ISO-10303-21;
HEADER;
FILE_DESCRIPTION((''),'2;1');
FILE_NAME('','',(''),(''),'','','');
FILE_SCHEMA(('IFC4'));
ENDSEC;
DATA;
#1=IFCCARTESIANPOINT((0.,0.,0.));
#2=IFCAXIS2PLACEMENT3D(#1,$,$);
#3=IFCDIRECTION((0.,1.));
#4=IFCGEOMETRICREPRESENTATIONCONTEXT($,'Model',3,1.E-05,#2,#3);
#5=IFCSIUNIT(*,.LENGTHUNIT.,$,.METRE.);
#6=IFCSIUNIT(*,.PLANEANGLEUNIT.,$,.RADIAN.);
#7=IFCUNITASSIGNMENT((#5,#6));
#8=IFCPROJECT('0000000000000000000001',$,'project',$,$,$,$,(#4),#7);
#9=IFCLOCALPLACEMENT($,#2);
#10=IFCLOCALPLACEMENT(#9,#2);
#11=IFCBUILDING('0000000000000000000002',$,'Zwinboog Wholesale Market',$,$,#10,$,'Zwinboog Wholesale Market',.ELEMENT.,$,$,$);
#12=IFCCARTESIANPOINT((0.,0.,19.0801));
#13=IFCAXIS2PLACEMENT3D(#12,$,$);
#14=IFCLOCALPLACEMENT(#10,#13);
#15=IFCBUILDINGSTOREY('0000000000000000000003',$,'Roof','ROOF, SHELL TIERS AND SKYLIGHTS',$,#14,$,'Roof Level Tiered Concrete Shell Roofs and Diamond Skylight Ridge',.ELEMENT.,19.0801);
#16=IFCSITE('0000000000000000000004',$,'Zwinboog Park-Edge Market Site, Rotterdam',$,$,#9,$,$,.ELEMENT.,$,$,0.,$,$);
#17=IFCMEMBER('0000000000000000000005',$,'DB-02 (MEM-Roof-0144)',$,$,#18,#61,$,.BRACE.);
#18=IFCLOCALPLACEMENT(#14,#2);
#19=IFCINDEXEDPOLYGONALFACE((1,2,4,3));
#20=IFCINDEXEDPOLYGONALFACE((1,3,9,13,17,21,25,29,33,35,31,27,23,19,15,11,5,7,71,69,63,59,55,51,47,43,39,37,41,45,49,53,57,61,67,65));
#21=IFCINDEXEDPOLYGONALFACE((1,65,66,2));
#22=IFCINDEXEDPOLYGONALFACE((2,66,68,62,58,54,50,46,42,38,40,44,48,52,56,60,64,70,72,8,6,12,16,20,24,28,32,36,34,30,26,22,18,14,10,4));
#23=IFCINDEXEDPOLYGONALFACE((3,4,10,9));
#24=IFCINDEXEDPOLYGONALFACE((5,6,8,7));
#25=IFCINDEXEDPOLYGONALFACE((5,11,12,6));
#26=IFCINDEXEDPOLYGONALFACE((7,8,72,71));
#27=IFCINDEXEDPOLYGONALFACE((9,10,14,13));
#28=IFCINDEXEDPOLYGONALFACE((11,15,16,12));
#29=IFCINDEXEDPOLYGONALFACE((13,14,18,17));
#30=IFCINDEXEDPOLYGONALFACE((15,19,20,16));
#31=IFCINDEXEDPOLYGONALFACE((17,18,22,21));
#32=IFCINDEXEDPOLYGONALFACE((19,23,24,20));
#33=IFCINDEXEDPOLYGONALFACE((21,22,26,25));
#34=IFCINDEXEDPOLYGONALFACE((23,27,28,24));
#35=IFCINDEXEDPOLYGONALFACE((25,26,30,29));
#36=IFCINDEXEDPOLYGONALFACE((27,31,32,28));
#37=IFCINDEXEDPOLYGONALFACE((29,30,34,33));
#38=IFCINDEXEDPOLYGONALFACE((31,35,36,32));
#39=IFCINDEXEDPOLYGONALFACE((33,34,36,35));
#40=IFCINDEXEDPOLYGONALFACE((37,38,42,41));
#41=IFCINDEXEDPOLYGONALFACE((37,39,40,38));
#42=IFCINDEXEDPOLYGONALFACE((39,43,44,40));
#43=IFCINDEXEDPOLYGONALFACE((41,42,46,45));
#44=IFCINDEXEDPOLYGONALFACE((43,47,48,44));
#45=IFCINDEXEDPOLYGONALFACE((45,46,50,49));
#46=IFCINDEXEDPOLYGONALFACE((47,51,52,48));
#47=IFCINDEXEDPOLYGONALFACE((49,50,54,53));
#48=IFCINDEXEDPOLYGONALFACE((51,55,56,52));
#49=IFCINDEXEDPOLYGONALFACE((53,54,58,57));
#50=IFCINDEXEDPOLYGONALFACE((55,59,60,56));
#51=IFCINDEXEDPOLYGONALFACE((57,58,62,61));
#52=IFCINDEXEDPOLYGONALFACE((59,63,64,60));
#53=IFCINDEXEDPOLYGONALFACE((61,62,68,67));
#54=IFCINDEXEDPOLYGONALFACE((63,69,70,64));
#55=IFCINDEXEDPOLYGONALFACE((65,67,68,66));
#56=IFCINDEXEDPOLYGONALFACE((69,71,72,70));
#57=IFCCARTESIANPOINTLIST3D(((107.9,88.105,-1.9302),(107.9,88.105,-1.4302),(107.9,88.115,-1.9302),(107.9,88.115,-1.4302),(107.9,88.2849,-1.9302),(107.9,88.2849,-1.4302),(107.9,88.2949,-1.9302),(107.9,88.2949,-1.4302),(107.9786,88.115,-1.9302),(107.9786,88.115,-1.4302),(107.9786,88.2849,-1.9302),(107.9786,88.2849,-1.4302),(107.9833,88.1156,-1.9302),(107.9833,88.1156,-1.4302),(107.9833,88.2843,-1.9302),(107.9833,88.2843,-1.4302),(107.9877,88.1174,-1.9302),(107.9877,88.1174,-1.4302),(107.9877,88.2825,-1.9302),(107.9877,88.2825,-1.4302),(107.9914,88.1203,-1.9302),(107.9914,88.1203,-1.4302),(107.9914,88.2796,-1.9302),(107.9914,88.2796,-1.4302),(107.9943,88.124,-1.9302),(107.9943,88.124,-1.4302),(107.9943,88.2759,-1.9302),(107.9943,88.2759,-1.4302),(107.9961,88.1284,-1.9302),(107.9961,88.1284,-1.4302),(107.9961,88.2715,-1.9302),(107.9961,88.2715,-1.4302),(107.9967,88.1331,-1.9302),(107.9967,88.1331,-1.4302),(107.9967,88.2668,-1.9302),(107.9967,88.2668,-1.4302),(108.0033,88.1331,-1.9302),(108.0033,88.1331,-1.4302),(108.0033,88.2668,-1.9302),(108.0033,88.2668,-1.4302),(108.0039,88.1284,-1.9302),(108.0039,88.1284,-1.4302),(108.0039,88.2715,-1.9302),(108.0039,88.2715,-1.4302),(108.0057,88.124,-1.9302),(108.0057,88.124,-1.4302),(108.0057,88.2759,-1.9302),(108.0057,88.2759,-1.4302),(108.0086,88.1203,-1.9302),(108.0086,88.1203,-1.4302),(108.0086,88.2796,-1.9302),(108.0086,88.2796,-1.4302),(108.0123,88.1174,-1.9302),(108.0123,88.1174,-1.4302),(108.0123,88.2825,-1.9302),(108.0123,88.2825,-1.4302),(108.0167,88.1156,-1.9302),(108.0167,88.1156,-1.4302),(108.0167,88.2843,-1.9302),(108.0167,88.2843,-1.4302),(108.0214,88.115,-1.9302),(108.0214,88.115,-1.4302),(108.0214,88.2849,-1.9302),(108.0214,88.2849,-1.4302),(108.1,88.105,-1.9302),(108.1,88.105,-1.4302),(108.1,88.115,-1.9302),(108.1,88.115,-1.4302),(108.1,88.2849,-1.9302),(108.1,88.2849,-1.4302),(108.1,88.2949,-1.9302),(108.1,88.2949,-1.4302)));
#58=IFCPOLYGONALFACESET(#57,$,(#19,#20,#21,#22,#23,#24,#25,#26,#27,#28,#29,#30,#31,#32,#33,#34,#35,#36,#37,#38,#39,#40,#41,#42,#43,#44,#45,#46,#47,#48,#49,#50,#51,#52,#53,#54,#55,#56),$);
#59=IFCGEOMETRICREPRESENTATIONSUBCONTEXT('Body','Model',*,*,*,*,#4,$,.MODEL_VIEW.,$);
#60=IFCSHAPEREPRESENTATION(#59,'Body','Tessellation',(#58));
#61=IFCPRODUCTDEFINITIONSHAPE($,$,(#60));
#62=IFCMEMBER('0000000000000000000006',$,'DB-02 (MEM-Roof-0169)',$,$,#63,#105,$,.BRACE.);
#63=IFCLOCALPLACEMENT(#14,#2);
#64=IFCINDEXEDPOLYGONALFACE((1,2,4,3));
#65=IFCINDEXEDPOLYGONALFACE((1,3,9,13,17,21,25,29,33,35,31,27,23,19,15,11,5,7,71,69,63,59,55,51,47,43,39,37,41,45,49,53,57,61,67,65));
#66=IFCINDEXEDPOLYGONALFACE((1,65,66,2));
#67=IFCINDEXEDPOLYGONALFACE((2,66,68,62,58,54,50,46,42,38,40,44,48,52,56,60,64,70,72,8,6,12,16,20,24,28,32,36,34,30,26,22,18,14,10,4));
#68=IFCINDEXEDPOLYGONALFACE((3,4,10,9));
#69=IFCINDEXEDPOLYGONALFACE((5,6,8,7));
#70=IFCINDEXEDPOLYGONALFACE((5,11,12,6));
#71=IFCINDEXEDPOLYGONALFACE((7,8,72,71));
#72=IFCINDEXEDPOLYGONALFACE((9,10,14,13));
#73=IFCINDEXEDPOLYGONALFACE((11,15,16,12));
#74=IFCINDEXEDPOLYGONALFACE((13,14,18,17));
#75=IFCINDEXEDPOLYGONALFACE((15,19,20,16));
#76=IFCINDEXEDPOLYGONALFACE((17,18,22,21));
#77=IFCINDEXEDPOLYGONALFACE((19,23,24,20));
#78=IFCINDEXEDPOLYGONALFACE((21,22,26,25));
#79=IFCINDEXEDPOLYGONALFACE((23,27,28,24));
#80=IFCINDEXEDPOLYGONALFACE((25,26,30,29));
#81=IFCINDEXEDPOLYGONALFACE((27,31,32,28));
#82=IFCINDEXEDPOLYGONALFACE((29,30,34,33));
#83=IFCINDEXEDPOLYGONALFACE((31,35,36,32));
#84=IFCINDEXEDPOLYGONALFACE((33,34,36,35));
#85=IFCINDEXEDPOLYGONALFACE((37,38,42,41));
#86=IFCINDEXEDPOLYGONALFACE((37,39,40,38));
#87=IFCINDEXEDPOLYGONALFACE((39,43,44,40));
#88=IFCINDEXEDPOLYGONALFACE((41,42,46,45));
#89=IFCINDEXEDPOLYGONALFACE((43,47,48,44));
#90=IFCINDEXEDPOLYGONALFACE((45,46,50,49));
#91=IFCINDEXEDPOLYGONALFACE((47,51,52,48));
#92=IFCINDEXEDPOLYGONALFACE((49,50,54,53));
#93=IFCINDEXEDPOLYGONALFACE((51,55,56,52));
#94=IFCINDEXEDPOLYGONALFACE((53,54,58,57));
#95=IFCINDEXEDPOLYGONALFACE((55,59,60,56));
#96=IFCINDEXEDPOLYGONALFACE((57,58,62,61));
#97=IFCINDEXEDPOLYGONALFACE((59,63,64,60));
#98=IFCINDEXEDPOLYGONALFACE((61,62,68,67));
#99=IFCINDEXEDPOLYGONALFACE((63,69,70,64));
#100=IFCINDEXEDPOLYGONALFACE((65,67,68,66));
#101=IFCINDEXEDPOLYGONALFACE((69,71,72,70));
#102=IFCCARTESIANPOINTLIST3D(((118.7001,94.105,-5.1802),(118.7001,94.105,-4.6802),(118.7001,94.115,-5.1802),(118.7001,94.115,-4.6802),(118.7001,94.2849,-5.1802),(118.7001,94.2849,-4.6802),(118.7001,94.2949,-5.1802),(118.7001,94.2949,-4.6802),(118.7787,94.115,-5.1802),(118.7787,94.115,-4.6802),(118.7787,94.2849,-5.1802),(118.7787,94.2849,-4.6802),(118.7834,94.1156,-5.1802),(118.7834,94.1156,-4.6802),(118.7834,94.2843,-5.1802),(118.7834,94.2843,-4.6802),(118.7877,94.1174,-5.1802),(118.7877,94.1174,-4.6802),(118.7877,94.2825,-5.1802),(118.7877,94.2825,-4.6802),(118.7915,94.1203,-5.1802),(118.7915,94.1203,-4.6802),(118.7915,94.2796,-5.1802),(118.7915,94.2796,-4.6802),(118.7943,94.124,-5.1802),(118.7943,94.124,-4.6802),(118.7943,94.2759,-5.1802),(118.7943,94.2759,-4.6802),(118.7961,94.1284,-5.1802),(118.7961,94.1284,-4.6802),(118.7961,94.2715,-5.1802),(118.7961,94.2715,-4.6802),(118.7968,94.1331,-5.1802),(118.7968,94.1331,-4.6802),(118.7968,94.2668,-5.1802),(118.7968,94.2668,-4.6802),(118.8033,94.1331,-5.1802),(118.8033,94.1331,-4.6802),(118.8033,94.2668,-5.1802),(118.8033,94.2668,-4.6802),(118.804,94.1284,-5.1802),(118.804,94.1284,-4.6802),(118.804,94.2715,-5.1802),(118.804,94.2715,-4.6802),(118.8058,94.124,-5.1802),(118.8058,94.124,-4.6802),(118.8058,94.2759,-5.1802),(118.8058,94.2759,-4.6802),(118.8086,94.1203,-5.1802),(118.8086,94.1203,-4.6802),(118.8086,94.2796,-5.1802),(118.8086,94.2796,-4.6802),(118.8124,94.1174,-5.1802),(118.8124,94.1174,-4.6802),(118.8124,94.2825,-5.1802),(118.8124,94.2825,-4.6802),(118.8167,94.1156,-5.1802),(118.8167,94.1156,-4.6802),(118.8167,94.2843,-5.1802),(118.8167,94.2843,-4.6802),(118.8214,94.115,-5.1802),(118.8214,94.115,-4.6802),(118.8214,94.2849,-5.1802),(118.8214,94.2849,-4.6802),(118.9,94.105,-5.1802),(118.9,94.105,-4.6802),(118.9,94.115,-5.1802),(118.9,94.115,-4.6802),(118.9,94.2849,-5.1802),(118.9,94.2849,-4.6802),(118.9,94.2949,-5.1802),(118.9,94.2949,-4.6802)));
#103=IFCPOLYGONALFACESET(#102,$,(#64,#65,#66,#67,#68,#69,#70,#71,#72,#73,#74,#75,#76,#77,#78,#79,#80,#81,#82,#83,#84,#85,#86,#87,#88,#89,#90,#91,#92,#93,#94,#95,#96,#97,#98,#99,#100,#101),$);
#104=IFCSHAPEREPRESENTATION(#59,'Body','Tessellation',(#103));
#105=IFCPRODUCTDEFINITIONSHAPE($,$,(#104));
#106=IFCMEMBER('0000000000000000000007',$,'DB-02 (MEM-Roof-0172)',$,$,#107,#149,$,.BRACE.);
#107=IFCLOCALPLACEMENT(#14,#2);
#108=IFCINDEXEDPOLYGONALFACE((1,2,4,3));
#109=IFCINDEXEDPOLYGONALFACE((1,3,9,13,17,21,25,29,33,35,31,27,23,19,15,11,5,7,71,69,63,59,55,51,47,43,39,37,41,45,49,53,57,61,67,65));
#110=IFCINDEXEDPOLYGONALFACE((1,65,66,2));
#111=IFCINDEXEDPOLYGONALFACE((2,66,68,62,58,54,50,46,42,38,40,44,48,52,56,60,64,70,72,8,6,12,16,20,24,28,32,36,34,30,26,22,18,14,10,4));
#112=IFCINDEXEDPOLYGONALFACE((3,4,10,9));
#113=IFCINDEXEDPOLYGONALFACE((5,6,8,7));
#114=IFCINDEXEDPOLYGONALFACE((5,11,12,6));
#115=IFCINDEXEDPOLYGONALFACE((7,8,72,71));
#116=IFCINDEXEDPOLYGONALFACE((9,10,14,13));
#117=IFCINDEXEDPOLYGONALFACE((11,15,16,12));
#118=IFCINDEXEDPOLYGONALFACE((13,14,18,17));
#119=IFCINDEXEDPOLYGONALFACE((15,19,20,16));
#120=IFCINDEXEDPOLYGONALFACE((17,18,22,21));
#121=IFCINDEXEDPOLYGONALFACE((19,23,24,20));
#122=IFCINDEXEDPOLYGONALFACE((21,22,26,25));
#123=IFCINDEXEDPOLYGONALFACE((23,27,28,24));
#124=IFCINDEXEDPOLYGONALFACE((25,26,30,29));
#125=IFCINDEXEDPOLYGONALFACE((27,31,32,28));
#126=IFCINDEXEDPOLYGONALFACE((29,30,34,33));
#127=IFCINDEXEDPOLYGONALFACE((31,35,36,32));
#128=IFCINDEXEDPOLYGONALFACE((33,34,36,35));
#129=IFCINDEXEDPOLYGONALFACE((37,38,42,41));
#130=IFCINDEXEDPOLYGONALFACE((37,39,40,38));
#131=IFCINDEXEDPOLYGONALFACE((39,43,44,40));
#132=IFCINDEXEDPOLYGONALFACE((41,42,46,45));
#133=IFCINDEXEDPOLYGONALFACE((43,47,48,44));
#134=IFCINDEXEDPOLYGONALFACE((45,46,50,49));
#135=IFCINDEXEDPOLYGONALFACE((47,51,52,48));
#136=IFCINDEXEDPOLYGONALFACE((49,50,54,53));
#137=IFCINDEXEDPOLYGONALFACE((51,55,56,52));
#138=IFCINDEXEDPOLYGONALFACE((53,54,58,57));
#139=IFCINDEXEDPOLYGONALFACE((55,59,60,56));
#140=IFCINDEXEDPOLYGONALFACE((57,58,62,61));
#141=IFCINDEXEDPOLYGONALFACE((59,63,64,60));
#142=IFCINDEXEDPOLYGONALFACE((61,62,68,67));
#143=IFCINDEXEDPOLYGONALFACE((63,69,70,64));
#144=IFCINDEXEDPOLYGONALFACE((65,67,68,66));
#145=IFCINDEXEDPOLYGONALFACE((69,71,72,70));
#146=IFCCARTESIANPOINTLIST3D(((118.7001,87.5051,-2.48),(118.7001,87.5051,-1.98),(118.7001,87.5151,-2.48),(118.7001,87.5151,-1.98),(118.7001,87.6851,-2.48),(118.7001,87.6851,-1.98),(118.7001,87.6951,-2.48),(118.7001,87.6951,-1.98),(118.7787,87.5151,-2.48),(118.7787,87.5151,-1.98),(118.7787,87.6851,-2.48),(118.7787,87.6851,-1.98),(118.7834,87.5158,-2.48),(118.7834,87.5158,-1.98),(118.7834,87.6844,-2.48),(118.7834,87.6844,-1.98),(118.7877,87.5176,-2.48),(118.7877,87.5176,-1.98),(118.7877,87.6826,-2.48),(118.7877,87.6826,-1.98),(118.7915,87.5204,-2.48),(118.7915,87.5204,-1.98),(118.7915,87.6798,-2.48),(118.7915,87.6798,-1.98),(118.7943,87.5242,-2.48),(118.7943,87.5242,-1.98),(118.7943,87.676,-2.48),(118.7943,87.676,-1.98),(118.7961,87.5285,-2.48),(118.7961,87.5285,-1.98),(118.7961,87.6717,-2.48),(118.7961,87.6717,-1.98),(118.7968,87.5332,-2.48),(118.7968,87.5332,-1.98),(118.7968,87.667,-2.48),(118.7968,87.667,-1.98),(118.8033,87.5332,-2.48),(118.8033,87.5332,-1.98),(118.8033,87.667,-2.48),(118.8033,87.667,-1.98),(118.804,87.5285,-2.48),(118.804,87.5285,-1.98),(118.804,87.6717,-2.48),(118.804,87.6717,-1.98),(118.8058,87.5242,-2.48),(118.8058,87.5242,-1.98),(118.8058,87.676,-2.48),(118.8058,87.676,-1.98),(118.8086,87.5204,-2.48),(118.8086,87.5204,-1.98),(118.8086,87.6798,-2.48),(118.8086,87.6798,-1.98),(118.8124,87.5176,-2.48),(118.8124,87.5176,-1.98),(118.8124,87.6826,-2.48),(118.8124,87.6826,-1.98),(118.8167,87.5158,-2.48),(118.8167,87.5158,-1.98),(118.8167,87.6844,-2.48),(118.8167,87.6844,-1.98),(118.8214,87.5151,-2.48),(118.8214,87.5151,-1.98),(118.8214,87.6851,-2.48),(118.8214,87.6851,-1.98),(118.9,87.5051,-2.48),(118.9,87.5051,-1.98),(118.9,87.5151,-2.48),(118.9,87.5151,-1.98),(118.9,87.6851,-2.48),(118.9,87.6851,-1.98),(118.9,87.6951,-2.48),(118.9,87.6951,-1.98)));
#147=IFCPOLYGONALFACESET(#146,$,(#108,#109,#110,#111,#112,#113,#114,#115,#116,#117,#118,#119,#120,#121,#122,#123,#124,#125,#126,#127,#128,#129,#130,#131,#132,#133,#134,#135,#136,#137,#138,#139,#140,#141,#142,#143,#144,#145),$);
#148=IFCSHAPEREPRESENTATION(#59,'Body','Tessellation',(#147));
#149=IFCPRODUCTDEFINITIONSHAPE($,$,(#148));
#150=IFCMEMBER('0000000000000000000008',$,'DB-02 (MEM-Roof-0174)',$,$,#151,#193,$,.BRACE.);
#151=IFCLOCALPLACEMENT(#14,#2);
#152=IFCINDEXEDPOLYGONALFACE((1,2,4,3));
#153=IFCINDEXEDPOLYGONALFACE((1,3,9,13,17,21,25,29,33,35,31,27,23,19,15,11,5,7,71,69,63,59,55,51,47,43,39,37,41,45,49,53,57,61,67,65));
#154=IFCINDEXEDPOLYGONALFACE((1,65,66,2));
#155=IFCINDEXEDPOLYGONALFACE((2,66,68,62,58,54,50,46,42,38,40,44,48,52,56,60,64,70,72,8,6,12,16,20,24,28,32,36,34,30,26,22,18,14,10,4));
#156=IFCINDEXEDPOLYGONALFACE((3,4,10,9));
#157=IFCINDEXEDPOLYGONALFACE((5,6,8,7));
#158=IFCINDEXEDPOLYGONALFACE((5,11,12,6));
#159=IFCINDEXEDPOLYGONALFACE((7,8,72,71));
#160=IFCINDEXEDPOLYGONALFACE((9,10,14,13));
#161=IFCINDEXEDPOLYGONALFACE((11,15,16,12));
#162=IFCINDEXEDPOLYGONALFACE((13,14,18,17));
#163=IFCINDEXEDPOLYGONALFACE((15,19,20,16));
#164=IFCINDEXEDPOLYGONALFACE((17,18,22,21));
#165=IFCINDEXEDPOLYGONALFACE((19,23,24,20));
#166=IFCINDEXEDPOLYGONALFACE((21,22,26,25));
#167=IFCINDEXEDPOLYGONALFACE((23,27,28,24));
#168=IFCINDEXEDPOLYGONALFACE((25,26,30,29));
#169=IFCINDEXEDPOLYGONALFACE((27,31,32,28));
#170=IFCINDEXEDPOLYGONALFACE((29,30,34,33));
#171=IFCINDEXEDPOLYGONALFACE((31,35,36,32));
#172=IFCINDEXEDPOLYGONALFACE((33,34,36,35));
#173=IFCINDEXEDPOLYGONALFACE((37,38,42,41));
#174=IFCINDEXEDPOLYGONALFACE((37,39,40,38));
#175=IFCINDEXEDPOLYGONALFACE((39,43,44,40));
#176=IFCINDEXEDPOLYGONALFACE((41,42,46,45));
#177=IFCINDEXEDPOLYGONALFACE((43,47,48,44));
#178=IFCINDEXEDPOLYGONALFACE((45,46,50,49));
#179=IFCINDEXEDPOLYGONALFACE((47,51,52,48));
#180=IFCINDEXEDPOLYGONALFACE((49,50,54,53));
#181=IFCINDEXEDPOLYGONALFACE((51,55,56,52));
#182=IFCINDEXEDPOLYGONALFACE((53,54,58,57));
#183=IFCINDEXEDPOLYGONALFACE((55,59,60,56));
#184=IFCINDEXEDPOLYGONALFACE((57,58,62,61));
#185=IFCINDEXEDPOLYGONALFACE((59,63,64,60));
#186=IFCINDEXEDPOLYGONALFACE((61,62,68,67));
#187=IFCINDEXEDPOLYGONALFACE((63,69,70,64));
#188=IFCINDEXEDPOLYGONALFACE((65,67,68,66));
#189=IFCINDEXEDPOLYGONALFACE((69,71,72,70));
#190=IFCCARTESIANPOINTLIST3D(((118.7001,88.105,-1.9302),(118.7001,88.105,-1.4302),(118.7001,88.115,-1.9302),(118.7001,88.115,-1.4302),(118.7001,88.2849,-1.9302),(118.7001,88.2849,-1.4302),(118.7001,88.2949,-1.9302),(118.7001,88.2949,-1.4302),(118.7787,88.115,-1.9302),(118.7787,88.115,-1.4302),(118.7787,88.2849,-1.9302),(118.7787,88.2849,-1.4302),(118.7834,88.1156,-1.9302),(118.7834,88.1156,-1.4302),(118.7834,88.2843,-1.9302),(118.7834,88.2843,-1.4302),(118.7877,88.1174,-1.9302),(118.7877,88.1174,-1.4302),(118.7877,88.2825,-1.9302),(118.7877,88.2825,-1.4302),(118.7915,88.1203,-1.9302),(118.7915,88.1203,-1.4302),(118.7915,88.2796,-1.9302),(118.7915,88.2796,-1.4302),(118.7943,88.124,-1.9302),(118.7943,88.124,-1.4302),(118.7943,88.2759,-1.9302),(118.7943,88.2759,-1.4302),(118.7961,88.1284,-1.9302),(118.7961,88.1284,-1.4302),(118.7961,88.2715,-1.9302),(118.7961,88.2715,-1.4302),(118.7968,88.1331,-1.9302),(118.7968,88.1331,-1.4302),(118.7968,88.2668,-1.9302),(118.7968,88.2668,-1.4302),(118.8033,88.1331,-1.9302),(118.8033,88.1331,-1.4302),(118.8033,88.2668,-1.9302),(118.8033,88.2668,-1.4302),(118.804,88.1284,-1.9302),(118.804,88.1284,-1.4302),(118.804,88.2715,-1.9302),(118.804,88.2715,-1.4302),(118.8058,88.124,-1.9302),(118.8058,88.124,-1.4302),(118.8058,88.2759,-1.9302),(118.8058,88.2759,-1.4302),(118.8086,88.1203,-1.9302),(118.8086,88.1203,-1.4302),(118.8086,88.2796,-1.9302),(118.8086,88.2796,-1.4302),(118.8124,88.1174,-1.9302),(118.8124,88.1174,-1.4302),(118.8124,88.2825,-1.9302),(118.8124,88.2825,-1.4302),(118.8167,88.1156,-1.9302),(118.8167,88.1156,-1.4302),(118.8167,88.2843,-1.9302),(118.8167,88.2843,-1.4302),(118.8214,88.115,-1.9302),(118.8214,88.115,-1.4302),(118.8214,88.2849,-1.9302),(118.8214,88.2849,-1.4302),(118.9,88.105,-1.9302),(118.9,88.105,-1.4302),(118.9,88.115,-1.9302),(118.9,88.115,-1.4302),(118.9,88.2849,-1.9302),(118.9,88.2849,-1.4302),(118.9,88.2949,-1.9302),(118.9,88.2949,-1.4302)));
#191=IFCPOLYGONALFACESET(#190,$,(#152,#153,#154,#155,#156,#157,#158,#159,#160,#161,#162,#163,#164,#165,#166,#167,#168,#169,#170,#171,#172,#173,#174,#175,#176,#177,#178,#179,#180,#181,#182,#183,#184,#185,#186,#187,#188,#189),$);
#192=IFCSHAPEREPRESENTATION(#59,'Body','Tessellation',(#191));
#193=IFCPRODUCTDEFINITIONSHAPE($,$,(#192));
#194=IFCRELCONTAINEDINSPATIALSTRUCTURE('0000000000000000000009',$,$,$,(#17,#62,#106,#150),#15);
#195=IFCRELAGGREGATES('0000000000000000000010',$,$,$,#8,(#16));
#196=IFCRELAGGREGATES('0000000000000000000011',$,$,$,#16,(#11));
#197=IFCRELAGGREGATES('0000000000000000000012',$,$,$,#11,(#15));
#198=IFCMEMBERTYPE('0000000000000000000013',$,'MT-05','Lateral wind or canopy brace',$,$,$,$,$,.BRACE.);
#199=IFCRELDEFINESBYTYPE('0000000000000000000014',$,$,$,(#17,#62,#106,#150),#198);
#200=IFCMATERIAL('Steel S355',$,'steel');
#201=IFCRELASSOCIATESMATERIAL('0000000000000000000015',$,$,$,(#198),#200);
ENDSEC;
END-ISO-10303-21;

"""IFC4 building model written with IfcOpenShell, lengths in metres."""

from ifc_helpers import new_model, si_unit, direction, frame, origin, origin_2d, place, context, subcontext, project, spatial, i_section, extrude, material, material_profile, profile_set, type_object, element, save


model = new_model("IFC4")

# Units and contexts
model_context = context("Model", 3, precision=1e-05, world=origin(), true_north=direction((0.0, 1.0)))
body_context = subcontext(model_context, "Body", "Model", "MODEL_VIEW")
ifc_project = project(units=[si_unit("LENGTHUNIT", "METRE"), si_unit("PLANEANGLEUNIT", "RADIAN")], contexts=[model_context])

# Site, building, storey
site_placement = place(None, origin())
site = spatial("IfcSite", under=ifc_project, at=site_placement, Name="Zwinboog Park-Edge Market Site, Rotterdam", CompositionType="ELEMENT", RefElevation=0.0)
building_placement = place(site_placement, origin())
building = spatial("IfcBuilding", under=site, at=building_placement, Name="Zwinboog Wholesale Market", LongName="Zwinboog Wholesale Market", CompositionType="ELEMENT")
storey_placement = place(building_placement, frame((0.0, 0.0, 19.0801)))
storey = spatial("IfcBuildingStorey", under=building, at=storey_placement, Name="Roof", Description="ROOF, SHELL TIERS AND SKYLIGHTS", LongName="Roof Level Tiered Concrete Shell Roofs and Diamond Skylight Ridge", CompositionType="ELEMENT", Elevation=19.0801)

# Members
ifc_material_1 = material(Name="Steel S355", Category="steel")
ifc_material_profile_1 = material_profile(ifc_material_1, i_section(OverallWidth=0.2, OverallDepth=0.1899, WebThickness=0.0066, FlangeThickness=0.01, FilletRadius=0.0181, at=origin_2d()), Name="HEA 200")
ifc_profile_set_1 = profile_set([ifc_material_profile_1], Name="Steel S355")
member_type_1 = type_object("IfcMemberType", Name="MT-05", Description="Lateral wind or canopy brace", PredefinedType="BRACE", material=ifc_profile_set_1)
for number, where, z_axis, x_axis, name in (
    (1, (108.0, 88.2, -1.9302), (0.0, 0.0, 1.0), (1.0, 0.0, 0.0), "DB-02 (MEM-Roof-0144)"),
    (2, (118.8, 94.2, -5.1802), (0.0, 0.0, 1.0), (1.0, 0.0, 0.0), "DB-02 (MEM-Roof-0169)"),
    (3, (118.8, 87.6001, -2.48), (0.0, 0.0, 1.0), (1.0, 0.0, 0.0), "DB-02 (MEM-Roof-0172)"),
    (4, (118.8, 88.2, -1.9302), (0.0, 0.0, 1.0), (1.0, 0.0, 0.0), "DB-02 (MEM-Roof-0174)"),
):
    element("IfcMember", number, at=place(storey_placement, frame(where, z_axis=z_axis, x_axis=x_axis)), inside=storey, type_object=member_type_1, Name=name, PredefinedType="BRACE", context=body_context, shape_type="SweptSolid", body=[
        extrude(i_section(OverallWidth=0.2, OverallDepth=0.1899, WebThickness=0.0066, FlangeThickness=0.01, FilletRadius=0.0181, at=origin_2d()), origin(), (0.0, 0.0, 1.0), 0.5),
    ])

save(model, "model.ifc")
